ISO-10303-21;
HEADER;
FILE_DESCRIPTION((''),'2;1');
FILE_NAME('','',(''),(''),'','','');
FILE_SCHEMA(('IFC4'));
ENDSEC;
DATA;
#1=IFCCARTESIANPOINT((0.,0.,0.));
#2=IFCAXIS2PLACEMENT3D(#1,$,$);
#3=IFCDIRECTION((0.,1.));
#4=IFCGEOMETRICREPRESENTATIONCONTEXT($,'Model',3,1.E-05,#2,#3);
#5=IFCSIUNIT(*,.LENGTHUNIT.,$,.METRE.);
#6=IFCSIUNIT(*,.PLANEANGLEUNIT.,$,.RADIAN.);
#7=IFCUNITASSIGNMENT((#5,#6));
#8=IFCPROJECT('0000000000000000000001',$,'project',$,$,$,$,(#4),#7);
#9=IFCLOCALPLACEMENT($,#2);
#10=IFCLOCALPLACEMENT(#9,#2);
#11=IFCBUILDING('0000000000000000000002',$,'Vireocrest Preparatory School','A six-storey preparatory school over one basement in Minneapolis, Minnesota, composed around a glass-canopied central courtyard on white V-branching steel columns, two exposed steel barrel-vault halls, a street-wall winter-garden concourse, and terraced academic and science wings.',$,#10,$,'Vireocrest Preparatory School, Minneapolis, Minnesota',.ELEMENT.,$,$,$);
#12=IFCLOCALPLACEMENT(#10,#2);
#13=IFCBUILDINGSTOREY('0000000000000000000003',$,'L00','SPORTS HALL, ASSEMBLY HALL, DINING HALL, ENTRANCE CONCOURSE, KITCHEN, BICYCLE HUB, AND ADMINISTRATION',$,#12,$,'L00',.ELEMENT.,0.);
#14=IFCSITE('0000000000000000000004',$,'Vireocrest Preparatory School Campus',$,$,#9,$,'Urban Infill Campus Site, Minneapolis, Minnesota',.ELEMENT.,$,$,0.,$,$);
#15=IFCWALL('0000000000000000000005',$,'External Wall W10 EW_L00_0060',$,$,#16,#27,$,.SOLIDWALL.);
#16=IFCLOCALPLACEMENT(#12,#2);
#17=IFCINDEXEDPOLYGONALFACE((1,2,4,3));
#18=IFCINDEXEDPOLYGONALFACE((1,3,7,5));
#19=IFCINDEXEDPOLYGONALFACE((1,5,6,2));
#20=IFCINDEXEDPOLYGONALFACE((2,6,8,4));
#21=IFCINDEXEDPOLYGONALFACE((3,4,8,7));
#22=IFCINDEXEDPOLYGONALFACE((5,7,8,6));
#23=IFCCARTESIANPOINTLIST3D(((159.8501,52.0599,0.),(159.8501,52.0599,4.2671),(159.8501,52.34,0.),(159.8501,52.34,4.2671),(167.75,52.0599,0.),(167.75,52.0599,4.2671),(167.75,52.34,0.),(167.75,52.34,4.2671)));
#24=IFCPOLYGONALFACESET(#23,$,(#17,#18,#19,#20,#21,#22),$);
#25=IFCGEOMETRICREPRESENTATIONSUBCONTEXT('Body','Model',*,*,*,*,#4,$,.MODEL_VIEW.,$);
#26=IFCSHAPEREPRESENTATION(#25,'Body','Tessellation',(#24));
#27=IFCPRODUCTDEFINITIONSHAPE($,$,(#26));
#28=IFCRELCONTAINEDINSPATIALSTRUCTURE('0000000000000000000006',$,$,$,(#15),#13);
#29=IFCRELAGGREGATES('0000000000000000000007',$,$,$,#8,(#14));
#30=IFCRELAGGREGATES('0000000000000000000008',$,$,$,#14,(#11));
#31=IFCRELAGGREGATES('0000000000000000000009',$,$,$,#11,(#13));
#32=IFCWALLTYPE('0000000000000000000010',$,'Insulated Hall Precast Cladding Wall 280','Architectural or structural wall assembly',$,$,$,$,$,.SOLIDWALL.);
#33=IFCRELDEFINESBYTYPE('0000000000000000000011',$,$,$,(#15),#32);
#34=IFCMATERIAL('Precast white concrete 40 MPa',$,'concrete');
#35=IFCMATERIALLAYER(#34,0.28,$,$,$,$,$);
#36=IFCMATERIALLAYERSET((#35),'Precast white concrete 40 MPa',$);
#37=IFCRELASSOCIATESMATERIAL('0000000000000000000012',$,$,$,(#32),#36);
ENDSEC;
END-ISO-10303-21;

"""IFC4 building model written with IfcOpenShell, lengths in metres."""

from ifc_helpers import new_model, si_unit, direction, frame, frame_2d, origin, place, context, subcontext, project, spatial, rectangle, extrude, material, layer, layer_set, type_object, element, save


model = new_model("IFC4")

# Units and contexts
model_context = context("Model", 3, precision=1e-05, world=origin(), true_north=direction((0.0, 1.0)))
body_context = subcontext(model_context, "Body", "Model", "MODEL_VIEW")
ifc_project = project(units=[si_unit("LENGTHUNIT", "METRE"), si_unit("PLANEANGLEUNIT", "RADIAN")], contexts=[model_context])

# Site, building, storey
site_placement = place(None, origin())
site = spatial("IfcSite", under=ifc_project, at=site_placement, Name="Vireocrest Preparatory School Campus", LongName="Urban Infill Campus Site, Minneapolis, Minnesota", CompositionType="ELEMENT", RefElevation=0.0)
building_placement = place(site_placement, origin())
building = spatial("IfcBuilding", under=site, at=building_placement, Name="Vireocrest Preparatory School", Description="A six-storey preparatory school over one basement in Minneapolis, Minnesota, composed around a glass-canopied central courtyard on white V-branching steel columns, two exposed steel barrel-vault halls, a street-wall winter-garden concourse, and terraced academic and science wings.", LongName="Vireocrest Preparatory School, Minneapolis, Minnesota", CompositionType="ELEMENT")
storey_placement = place(building_placement, origin())
storey = spatial("IfcBuildingStorey", under=building, at=storey_placement, Name="L00", Description="SPORTS HALL, ASSEMBLY HALL, DINING HALL, ENTRANCE CONCOURSE, KITCHEN, BICYCLE HUB, AND ADMINISTRATION", LongName="L00", CompositionType="ELEMENT", Elevation=0.0)

# Shared definitions
ifc_material_1 = material(Name="Precast white concrete 40 MPa", Category="concrete")

# Wall
ifc_layer_1 = layer(ifc_material_1, 0.28)
ifc_layer_set_1 = layer_set([ifc_layer_1], Name="Precast white concrete 40 MPa")
wall_type_1 = type_object("IfcWallType", Name="Insulated Hall Precast Cladding Wall 280", Description="Architectural or structural wall assembly", PredefinedType="SOLIDWALL", material=ifc_layer_set_1)
wall_1_placement = place(storey_placement, frame((159.8501, 52.2, 0.0), z_axis=(0.0, 0.0, 1.0), x_axis=(1.0, 0.0, 0.0)))
element("IfcWall", 1, at=wall_1_placement, inside=storey, type_object=wall_type_1, Name="External Wall W10 EW_L00_0060", PredefinedType="SOLIDWALL", context=body_context, shape_type="SweptSolid", body=[
    extrude(rectangle(XDim=7.8999, YDim=0.28, at=frame_2d((3.95, 0.0))), origin(), (0.0, 0.0, 1.0), 4.2671),
])

save(model, "model.ifc")
